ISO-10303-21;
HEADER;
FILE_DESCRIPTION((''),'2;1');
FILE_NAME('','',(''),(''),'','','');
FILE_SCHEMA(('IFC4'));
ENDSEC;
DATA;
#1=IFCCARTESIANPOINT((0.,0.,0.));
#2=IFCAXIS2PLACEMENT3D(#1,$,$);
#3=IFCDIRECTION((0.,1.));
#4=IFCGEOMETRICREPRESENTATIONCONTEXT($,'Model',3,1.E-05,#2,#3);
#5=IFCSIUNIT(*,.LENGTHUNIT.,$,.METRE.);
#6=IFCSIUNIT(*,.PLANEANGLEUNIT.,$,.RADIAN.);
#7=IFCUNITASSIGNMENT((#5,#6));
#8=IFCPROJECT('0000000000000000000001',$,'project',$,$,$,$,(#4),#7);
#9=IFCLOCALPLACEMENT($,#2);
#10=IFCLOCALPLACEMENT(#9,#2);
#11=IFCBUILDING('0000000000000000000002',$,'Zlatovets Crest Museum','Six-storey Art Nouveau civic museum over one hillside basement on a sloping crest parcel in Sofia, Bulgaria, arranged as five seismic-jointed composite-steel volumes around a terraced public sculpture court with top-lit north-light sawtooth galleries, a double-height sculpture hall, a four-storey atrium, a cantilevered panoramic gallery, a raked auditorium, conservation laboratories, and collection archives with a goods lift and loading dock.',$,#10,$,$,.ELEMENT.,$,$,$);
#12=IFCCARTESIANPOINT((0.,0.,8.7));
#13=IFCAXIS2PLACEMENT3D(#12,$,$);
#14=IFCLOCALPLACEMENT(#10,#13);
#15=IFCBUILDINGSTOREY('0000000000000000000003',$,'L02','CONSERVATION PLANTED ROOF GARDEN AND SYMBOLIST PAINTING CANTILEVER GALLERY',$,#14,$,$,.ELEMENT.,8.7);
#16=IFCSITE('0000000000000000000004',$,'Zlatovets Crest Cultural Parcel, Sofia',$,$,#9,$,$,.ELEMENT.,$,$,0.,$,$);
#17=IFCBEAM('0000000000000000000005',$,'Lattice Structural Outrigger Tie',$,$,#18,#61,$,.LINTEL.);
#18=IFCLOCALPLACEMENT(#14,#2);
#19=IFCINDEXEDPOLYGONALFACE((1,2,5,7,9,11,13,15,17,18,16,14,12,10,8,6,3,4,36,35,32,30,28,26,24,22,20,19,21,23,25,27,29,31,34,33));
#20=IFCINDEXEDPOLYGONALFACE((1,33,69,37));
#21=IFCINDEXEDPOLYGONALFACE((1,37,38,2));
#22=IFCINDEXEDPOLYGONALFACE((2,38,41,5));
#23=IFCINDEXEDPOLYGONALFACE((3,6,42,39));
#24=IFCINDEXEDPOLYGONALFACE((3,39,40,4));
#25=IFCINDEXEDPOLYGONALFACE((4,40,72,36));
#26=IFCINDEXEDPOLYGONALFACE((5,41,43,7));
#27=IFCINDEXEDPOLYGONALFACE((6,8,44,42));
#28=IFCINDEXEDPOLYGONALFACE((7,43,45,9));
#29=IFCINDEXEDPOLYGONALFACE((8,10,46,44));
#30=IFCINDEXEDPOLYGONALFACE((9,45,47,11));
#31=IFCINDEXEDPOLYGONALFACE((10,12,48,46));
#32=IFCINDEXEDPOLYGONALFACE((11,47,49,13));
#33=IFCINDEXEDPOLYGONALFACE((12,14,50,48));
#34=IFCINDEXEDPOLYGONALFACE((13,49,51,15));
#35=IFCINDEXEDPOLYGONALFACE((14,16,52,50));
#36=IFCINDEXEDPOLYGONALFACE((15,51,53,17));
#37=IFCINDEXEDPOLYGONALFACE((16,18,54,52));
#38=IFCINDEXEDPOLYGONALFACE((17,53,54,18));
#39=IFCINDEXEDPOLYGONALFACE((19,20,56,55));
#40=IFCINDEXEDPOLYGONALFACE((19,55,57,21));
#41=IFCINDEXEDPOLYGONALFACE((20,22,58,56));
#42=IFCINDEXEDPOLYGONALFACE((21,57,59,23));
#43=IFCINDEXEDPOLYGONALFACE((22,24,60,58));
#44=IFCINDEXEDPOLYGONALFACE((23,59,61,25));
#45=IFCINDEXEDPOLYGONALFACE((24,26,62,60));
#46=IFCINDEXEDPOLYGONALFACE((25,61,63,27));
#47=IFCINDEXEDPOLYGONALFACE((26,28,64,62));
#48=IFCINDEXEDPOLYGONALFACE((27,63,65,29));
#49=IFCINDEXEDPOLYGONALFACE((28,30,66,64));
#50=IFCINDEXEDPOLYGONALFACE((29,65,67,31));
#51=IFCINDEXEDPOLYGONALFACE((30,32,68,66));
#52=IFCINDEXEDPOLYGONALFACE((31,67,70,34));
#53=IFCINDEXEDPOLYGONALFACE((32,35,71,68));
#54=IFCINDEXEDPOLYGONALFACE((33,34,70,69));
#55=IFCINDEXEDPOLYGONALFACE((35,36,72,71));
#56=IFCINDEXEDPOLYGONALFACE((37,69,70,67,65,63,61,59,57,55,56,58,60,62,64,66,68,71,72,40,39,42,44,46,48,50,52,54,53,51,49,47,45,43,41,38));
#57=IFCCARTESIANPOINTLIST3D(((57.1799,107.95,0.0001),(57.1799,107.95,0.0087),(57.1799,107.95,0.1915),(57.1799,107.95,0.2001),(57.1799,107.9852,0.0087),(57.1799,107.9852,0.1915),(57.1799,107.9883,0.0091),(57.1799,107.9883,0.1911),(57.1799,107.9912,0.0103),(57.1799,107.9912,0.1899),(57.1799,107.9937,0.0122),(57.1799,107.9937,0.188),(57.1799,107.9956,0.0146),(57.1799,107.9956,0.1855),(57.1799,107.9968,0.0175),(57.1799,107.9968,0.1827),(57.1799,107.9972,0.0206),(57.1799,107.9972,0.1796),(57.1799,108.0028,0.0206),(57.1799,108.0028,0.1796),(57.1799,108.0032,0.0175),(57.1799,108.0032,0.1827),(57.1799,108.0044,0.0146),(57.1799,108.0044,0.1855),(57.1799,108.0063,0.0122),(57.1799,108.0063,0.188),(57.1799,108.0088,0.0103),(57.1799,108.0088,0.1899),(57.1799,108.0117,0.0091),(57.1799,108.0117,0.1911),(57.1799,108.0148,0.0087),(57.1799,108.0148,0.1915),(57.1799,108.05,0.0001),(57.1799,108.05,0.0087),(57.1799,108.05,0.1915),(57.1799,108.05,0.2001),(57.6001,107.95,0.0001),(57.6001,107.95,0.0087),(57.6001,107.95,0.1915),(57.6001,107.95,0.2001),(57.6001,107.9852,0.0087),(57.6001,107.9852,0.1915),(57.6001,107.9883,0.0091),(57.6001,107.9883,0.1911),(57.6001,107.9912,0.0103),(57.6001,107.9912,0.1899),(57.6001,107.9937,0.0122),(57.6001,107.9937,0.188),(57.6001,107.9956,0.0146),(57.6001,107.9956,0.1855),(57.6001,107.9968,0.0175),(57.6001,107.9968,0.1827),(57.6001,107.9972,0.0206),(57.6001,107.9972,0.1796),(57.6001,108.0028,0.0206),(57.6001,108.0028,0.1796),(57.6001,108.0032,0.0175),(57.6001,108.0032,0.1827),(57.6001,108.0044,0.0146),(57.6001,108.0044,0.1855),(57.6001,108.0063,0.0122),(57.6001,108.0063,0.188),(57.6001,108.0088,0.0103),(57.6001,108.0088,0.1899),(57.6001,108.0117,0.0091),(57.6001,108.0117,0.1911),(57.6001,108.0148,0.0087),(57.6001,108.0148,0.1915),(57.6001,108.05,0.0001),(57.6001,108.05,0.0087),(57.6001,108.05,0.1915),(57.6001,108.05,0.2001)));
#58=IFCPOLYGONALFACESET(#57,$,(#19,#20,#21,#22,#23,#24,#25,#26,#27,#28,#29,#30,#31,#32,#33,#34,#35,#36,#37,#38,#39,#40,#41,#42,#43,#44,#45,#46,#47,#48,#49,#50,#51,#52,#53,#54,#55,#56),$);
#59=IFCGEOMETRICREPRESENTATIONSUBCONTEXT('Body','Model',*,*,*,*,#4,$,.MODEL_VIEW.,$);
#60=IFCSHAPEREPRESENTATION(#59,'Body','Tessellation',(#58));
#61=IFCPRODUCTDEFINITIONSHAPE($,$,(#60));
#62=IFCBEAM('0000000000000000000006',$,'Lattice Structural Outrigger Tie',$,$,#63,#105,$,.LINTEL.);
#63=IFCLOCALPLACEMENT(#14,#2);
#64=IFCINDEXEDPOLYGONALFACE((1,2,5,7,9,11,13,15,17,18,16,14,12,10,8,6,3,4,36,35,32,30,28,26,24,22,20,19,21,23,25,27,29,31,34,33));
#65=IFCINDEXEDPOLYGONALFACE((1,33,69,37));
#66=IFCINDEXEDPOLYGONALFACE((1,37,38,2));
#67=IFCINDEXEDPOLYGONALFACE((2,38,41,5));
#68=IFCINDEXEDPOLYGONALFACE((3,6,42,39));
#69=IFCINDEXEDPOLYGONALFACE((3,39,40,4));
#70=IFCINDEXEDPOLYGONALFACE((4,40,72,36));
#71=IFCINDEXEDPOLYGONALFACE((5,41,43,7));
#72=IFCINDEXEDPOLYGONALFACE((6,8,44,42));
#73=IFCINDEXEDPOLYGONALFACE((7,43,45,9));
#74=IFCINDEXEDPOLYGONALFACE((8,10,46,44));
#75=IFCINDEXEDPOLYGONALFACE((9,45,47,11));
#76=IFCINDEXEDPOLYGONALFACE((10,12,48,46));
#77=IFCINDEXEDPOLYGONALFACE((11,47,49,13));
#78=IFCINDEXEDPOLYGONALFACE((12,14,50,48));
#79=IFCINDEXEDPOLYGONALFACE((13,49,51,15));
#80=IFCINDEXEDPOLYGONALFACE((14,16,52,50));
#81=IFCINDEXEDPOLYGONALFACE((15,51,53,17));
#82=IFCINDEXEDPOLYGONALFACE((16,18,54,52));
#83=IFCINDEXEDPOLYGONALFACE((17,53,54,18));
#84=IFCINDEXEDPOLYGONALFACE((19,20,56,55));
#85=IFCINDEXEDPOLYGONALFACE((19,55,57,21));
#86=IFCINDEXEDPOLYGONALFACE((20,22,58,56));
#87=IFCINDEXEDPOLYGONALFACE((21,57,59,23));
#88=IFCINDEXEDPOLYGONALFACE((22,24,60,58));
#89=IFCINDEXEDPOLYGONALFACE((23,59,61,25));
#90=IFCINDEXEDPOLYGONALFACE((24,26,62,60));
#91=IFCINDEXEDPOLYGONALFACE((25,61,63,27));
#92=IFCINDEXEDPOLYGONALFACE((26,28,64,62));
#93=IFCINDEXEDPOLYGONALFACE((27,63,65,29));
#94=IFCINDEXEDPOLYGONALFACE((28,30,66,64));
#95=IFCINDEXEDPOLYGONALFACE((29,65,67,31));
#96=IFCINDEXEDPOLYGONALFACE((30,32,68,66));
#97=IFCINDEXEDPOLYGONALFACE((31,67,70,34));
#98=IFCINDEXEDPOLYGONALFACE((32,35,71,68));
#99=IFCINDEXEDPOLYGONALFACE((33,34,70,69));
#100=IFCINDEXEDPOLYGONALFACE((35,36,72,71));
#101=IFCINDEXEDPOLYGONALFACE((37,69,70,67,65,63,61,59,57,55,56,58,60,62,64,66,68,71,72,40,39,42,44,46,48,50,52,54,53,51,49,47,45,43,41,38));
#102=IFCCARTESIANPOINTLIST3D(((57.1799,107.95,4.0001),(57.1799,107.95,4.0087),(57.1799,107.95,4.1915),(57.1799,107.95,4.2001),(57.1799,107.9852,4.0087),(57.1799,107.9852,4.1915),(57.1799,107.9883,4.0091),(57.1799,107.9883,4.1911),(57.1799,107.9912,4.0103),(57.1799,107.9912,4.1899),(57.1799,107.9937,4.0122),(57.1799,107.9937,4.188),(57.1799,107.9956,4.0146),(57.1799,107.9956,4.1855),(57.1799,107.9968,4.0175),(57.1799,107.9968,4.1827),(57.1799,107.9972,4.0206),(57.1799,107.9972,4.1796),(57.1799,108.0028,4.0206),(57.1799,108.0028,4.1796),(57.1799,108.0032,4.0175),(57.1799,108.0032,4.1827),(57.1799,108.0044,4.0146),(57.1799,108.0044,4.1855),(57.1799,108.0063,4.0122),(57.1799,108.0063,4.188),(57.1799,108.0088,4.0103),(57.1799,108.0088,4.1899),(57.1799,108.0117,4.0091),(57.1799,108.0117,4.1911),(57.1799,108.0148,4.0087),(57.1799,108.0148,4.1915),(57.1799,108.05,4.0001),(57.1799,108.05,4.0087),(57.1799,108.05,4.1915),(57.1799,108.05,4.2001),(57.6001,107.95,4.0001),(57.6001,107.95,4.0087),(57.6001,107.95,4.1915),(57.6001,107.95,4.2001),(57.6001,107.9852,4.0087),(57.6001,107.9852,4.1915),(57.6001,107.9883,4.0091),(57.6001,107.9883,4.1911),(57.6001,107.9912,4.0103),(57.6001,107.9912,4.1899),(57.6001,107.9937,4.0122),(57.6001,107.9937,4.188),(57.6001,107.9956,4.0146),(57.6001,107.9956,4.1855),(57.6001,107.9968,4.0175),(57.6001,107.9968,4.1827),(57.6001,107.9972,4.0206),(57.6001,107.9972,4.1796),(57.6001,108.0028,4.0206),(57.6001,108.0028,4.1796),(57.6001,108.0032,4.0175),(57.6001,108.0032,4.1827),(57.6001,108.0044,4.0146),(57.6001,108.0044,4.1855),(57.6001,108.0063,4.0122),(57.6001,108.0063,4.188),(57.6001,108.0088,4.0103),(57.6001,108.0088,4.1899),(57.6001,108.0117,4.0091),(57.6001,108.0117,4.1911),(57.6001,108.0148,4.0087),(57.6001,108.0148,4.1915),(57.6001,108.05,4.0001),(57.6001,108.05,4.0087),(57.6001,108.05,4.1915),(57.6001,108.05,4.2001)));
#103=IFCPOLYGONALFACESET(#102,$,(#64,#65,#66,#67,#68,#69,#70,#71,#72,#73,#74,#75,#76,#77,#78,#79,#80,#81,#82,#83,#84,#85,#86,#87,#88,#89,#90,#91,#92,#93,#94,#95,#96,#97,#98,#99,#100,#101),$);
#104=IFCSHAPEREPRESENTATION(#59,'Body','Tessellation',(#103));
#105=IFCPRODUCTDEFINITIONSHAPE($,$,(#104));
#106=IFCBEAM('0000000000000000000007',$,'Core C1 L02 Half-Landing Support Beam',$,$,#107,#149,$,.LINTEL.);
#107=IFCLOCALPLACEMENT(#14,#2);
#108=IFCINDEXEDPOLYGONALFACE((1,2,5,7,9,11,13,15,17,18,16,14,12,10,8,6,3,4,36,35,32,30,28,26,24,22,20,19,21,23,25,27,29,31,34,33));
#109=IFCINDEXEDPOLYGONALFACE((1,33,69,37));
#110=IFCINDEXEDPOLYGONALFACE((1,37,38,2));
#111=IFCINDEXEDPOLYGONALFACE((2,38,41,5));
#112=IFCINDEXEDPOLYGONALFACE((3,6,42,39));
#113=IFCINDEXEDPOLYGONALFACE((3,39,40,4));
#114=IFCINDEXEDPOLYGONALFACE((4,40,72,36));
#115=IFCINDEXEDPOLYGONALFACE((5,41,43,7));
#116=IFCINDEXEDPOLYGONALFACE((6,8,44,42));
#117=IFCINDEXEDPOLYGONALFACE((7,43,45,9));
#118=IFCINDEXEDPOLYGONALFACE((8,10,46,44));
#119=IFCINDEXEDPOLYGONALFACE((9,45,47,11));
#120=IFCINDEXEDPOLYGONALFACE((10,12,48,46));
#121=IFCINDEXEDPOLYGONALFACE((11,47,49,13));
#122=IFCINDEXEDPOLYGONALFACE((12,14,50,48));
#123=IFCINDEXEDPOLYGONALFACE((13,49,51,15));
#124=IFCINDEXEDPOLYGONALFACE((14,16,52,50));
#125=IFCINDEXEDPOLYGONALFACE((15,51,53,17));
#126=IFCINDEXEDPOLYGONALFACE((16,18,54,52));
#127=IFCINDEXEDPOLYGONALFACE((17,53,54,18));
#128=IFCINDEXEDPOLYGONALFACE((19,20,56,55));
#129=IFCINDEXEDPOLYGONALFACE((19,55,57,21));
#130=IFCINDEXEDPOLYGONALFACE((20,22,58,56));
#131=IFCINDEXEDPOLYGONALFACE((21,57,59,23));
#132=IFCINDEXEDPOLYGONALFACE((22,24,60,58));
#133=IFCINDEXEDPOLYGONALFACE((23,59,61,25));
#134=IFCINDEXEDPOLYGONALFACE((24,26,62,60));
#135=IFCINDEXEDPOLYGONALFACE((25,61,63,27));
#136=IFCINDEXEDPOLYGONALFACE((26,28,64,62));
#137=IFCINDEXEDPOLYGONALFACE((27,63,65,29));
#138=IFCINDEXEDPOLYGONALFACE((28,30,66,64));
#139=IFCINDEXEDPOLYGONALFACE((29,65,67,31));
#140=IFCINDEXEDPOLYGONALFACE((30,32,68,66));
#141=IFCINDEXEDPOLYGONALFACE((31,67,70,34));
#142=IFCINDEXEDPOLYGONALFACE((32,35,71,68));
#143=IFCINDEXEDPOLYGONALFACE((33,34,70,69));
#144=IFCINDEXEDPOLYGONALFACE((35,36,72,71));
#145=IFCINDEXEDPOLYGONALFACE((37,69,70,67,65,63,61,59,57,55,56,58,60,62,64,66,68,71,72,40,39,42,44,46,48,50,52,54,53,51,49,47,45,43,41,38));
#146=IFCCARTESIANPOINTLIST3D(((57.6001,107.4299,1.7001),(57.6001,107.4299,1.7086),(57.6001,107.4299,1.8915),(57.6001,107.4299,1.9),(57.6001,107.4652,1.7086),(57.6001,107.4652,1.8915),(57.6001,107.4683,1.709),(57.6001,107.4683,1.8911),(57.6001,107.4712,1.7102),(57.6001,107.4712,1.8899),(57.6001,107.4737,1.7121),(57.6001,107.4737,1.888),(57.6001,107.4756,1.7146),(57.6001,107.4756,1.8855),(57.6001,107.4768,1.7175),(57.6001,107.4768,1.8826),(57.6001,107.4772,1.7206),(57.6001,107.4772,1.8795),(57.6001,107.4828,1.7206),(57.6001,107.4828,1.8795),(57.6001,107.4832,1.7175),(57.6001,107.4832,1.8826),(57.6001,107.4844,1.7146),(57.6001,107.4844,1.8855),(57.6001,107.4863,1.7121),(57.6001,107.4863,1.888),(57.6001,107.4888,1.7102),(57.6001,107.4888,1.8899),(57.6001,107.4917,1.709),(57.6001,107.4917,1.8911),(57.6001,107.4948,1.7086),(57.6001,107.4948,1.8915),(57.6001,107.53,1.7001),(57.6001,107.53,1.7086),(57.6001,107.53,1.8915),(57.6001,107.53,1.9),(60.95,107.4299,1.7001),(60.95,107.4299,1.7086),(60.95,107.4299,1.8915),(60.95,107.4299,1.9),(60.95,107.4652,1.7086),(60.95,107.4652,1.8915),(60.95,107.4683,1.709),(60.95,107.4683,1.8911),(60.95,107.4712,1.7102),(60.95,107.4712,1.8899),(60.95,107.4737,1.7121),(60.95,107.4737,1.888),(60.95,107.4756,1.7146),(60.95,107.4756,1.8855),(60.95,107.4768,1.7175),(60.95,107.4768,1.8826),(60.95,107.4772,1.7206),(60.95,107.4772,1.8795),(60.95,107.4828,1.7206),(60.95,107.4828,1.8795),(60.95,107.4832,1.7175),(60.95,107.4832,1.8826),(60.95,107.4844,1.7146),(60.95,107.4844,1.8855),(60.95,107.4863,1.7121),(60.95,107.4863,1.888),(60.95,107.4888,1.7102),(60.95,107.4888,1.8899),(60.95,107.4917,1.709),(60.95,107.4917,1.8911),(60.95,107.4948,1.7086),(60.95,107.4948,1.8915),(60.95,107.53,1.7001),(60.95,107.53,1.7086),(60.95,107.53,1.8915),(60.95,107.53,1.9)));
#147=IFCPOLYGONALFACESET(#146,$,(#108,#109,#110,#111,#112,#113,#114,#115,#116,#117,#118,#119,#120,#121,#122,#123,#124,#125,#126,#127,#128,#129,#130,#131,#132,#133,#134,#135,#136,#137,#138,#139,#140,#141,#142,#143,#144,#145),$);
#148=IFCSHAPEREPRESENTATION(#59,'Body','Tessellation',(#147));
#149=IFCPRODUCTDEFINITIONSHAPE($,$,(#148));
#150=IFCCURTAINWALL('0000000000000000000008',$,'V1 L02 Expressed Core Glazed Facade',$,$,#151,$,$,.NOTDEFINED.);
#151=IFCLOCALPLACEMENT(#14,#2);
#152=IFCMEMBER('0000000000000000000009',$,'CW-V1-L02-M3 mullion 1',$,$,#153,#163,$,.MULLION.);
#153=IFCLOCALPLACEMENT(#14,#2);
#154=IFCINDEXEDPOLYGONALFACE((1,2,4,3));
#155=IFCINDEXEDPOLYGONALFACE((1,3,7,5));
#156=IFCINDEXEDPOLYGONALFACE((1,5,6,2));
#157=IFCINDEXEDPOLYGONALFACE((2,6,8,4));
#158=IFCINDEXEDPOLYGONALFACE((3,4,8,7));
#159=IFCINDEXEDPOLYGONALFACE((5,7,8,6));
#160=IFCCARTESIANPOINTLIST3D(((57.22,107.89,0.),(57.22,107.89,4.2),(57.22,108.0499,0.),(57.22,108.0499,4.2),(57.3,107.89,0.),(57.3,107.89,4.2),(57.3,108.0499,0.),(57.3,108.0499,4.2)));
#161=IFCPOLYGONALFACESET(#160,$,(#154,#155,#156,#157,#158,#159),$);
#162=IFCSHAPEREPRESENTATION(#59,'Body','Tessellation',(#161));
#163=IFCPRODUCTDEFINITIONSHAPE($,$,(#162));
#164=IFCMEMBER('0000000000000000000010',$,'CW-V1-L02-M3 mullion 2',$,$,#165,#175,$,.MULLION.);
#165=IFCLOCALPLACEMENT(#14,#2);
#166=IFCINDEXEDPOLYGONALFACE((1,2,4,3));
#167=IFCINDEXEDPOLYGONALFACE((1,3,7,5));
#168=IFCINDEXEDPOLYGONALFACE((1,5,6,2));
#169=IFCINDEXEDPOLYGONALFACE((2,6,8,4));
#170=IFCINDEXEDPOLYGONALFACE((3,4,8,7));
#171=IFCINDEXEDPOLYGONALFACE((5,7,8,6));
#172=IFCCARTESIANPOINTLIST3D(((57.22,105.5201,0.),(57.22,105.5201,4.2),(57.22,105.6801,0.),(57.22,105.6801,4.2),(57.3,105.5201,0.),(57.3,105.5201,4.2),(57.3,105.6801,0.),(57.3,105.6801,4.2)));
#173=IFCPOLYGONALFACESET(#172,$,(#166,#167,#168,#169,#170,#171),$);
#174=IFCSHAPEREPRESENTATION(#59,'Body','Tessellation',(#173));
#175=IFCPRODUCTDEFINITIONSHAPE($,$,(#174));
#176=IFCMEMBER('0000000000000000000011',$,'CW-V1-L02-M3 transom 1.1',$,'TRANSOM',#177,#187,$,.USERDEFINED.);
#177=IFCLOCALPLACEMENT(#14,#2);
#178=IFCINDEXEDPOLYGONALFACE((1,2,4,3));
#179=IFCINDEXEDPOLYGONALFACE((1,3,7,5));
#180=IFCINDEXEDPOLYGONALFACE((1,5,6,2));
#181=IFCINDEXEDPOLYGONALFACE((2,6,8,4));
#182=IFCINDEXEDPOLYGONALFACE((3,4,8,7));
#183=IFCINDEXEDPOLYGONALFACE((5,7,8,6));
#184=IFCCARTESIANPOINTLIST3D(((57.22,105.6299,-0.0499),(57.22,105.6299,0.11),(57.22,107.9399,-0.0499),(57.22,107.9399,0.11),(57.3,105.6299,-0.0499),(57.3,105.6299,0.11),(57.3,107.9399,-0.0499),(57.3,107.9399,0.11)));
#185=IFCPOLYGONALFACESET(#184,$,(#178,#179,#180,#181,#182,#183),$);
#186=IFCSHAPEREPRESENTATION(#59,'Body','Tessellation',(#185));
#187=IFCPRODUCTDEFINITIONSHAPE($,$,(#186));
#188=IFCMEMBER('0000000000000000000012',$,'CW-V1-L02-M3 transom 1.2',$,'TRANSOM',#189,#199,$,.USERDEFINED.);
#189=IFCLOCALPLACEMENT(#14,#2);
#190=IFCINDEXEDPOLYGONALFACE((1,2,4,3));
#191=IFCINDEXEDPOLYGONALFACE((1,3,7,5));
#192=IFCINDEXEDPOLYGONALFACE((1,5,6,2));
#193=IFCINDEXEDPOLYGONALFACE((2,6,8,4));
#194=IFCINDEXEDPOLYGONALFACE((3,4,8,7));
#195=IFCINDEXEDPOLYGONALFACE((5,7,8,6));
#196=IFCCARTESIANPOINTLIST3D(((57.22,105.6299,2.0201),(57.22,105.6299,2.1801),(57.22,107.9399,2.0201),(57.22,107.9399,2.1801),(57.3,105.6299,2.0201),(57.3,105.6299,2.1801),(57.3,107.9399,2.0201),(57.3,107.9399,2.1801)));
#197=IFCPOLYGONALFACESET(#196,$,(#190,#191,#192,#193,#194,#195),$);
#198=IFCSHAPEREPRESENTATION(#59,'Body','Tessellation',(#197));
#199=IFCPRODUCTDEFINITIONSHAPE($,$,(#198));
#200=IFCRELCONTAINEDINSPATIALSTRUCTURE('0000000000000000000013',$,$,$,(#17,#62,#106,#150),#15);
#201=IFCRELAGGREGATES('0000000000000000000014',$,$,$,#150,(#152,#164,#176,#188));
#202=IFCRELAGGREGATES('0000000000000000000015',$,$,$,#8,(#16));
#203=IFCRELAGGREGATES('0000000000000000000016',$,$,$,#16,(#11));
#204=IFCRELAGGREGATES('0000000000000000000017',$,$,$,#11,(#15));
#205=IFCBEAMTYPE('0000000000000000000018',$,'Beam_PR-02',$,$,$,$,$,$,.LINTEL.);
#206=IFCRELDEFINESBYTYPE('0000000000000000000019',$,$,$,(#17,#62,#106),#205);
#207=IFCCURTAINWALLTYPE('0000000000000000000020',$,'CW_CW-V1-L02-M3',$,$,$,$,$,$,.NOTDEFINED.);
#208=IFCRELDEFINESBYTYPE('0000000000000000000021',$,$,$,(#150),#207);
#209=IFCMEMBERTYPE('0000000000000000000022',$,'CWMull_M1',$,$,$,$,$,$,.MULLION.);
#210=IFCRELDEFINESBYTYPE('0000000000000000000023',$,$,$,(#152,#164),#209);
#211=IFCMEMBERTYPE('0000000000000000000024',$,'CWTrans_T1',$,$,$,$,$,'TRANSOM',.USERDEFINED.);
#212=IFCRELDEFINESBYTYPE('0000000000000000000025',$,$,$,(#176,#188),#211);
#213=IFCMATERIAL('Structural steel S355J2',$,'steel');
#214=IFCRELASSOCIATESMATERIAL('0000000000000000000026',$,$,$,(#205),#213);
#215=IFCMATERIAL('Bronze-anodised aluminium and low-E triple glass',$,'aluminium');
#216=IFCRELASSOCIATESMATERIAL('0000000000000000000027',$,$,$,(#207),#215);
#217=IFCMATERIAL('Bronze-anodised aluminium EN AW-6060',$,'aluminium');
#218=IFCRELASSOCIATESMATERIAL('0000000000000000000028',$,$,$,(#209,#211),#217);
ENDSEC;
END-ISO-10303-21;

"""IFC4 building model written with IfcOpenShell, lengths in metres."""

from ifc_helpers import new_model, si_unit, direction, frame, origin, origin_2d, place, context, subcontext, project, spatial, rectangle, i_section, extrude, material, material_profile, profile_set, type_object, element, aggregate, save


model = new_model("IFC4")

# Units and contexts
model_context = context("Model", 3, precision=1e-05, world=origin(), true_north=direction((0.0, 1.0)))
body_context = subcontext(model_context, "Body", "Model", "MODEL_VIEW")
ifc_project = project(units=[si_unit("LENGTHUNIT", "METRE"), si_unit("PLANEANGLEUNIT", "RADIAN")], contexts=[model_context])

# Site, building, storey
site_placement = place(None, origin())
site = spatial("IfcSite", under=ifc_project, at=site_placement, Name="Zlatovets Crest Cultural Parcel, Sofia", CompositionType="ELEMENT", RefElevation=0.0)
building_placement = place(site_placement, origin())
building = spatial("IfcBuilding", under=site, at=building_placement, Name="Zlatovets Crest Museum", Description="Six-storey Art Nouveau civic museum over one hillside basement on a sloping crest parcel in Sofia, Bulgaria, arranged as five seismic-jointed composite-steel volumes around a terraced public sculpture court with top-lit north-light sawtooth galleries, a double-height sculpture hall, a four-storey atrium, a cantilevered panoramic gallery, a raked auditorium, conservation laboratories, and collection archives with a goods lift and loading dock.", CompositionType="ELEMENT")
storey_placement = place(building_placement, frame((0.0, 0.0, 8.7)))
storey = spatial("IfcBuildingStorey", under=building, at=storey_placement, Name="L02", Description="CONSERVATION PLANTED ROOF GARDEN AND SYMBOLIST PAINTING CANTILEVER GALLERY", CompositionType="ELEMENT", Elevation=8.7)

# Shared definitions
ifc_material_1 = material(Name="Structural steel S355J2", Category="steel")

# Beams
ifc_material_profile_1 = material_profile(ifc_material_1, i_section(OverallWidth=0.1001, OverallDepth=0.2, WebThickness=0.0056, FlangeThickness=0.0085, FilletRadius=0.012, at=origin_2d()), Name="IPE 200")
ifc_profile_set_1 = profile_set([ifc_material_profile_1], Name="Structural steel S355J2")
beam_type_1 = type_object("IfcBeamType", Name="Beam_PR-02", PredefinedType="LINTEL", material=ifc_profile_set_1)
for number, where, z_axis, x_axis, name in (
    (1, (57.6001, 108.0, 0.1001), (-1.0, 0.0, 0.0), (0.0, -1.0, 0.0), "Lattice Structural Outrigger Tie"),
    (2, (57.6001, 108.0, 4.1001), (-1.0, 0.0, 0.0), (0.0, -1.0, 0.0), "Lattice Structural Outrigger Tie"),
):
    element("IfcBeam", number, at=place(storey_placement, frame(where, z_axis=z_axis, x_axis=x_axis)), inside=storey, type_object=beam_type_1, Name=name, PredefinedType="LINTEL", context=body_context, shape_type="SweptSolid", body=[
        extrude(i_section(OverallWidth=0.1001, OverallDepth=0.2, WebThickness=0.0056, FlangeThickness=0.0085, FilletRadius=0.012, at=origin_2d()), origin(), (0.0, 0.0, 1.0), 0.4202),
    ])
beam_1_placement = place(storey_placement, frame((57.6001, 107.48, 1.8), z_axis=(1.0, 0.0, 0.0), x_axis=(0.0, 1.0, 0.0)))
element("IfcBeam", 3, at=beam_1_placement, inside=storey, type_object=beam_type_1, Name="Core C1 L02 Half-Landing Support Beam", PredefinedType="LINTEL", context=body_context, shape_type="SweptSolid", body=[
    extrude(i_section(OverallWidth=0.1001, OverallDepth=0.2, WebThickness=0.0056, FlangeThickness=0.0085, FilletRadius=0.012, at=origin_2d()), origin(), (0.0, 0.0, 1.0), 3.3499),
])

# Curtain wall, members
ifc_material_2 = material(Name="Bronze-anodised aluminium and low-E triple glass", Category="aluminium")
curtain_wall_type = type_object("IfcCurtainWallType", Name="CW_CW-V1-L02-M3", PredefinedType="NOTDEFINED", material=ifc_material_2)
curtain_wall_placement = place(storey_placement, origin())
curtain_wall = element("IfcCurtainWall", 4, at=curtain_wall_placement, inside=storey, type_object=curtain_wall_type, Name="V1 L02 Expressed Core Glazed Facade", PredefinedType="NOTDEFINED")
ifc_material_3 = material(Name="Bronze-anodised aluminium EN AW-6060", Category="aluminium")
ifc_material_profile_2 = material_profile(ifc_material_3, rectangle(XDim=0.0801, YDim=0.1599, at=origin_2d()), Name="ALU 80x160")
ifc_profile_set_2 = profile_set([ifc_material_profile_2], Name="Bronze-anodised aluminium EN AW-6060")
member_type_1 = type_object("IfcMemberType", Name="CWMull_M1", PredefinedType="MULLION", material=ifc_profile_set_2)
member_1_placement = place(storey_placement, frame((57.26, 107.97, 0.0), z_axis=(0.0, 0.0, 1.0), x_axis=(1.0, 0.0, 0.0)))
member_1 = element("IfcMember", 5, at=member_1_placement, type_object=member_type_1, Name="CW-V1-L02-M3 mullion 1", PredefinedType="MULLION", context=body_context, shape_type="SweptSolid", body=[
    extrude(rectangle(XDim=0.0801, YDim=0.1599, at=origin_2d()), origin(), (0.0, 0.0, 1.0), 4.2),
])
member_2_placement = place(storey_placement, frame((57.26, 105.6001, 0.0), z_axis=(0.0, 0.0, 1.0), x_axis=(1.0, 0.0, 0.0)))
member_2 = element("IfcMember", 6, at=member_2_placement, type_object=member_type_1, Name="CW-V1-L02-M3 mullion 2", PredefinedType="MULLION", context=body_context, shape_type="SweptSolid", body=[
    extrude(rectangle(XDim=0.0801, YDim=0.1599, at=origin_2d()), origin(), (0.0, 0.0, 1.0), 4.2),
])
ifc_material_profile_3 = material_profile(ifc_material_3, rectangle(XDim=0.0801, YDim=0.1599, at=origin_2d()), Name="ALU 80x160")
ifc_profile_set_3 = profile_set([ifc_material_profile_3], Name="Bronze-anodised aluminium EN AW-6060")
member_type_2 = type_object("IfcMemberType", Name="CWTrans_T1", ElementType="TRANSOM", PredefinedType="USERDEFINED", material=ifc_profile_set_3)
member_3_placement = place(storey_placement, frame((57.26, 107.9399, 0.03), z_axis=(0.0, -1.0, 0.0), x_axis=(1.0, 0.0, 0.0)))
member_3 = element("IfcMember", 7, at=member_3_placement, type_object=member_type_2, Name="CW-V1-L02-M3 transom 1.1", ObjectType="TRANSOM", PredefinedType="USERDEFINED", context=body_context, shape_type="SweptSolid", body=[
    extrude(rectangle(XDim=0.0801, YDim=0.1599, at=origin_2d()), origin(), (0.0, 0.0, 1.0), 2.3101),
])
member_4_placement = place(storey_placement, frame((57.26, 107.9399, 2.1001), z_axis=(0.0, -1.0, 0.0), x_axis=(1.0, 0.0, 0.0)))
member_4 = element("IfcMember", 8, at=member_4_placement, type_object=member_type_2, Name="CW-V1-L02-M3 transom 1.2", ObjectType="TRANSOM", PredefinedType="USERDEFINED", context=body_context, shape_type="SweptSolid", body=[
    extrude(rectangle(XDim=0.0801, YDim=0.1599, at=origin_2d()), origin(), (0.0, 0.0, 1.0), 2.3101),
])

aggregate(curtain_wall, [member_1, member_2, member_3, member_4])

save(model, "model.ifc")
